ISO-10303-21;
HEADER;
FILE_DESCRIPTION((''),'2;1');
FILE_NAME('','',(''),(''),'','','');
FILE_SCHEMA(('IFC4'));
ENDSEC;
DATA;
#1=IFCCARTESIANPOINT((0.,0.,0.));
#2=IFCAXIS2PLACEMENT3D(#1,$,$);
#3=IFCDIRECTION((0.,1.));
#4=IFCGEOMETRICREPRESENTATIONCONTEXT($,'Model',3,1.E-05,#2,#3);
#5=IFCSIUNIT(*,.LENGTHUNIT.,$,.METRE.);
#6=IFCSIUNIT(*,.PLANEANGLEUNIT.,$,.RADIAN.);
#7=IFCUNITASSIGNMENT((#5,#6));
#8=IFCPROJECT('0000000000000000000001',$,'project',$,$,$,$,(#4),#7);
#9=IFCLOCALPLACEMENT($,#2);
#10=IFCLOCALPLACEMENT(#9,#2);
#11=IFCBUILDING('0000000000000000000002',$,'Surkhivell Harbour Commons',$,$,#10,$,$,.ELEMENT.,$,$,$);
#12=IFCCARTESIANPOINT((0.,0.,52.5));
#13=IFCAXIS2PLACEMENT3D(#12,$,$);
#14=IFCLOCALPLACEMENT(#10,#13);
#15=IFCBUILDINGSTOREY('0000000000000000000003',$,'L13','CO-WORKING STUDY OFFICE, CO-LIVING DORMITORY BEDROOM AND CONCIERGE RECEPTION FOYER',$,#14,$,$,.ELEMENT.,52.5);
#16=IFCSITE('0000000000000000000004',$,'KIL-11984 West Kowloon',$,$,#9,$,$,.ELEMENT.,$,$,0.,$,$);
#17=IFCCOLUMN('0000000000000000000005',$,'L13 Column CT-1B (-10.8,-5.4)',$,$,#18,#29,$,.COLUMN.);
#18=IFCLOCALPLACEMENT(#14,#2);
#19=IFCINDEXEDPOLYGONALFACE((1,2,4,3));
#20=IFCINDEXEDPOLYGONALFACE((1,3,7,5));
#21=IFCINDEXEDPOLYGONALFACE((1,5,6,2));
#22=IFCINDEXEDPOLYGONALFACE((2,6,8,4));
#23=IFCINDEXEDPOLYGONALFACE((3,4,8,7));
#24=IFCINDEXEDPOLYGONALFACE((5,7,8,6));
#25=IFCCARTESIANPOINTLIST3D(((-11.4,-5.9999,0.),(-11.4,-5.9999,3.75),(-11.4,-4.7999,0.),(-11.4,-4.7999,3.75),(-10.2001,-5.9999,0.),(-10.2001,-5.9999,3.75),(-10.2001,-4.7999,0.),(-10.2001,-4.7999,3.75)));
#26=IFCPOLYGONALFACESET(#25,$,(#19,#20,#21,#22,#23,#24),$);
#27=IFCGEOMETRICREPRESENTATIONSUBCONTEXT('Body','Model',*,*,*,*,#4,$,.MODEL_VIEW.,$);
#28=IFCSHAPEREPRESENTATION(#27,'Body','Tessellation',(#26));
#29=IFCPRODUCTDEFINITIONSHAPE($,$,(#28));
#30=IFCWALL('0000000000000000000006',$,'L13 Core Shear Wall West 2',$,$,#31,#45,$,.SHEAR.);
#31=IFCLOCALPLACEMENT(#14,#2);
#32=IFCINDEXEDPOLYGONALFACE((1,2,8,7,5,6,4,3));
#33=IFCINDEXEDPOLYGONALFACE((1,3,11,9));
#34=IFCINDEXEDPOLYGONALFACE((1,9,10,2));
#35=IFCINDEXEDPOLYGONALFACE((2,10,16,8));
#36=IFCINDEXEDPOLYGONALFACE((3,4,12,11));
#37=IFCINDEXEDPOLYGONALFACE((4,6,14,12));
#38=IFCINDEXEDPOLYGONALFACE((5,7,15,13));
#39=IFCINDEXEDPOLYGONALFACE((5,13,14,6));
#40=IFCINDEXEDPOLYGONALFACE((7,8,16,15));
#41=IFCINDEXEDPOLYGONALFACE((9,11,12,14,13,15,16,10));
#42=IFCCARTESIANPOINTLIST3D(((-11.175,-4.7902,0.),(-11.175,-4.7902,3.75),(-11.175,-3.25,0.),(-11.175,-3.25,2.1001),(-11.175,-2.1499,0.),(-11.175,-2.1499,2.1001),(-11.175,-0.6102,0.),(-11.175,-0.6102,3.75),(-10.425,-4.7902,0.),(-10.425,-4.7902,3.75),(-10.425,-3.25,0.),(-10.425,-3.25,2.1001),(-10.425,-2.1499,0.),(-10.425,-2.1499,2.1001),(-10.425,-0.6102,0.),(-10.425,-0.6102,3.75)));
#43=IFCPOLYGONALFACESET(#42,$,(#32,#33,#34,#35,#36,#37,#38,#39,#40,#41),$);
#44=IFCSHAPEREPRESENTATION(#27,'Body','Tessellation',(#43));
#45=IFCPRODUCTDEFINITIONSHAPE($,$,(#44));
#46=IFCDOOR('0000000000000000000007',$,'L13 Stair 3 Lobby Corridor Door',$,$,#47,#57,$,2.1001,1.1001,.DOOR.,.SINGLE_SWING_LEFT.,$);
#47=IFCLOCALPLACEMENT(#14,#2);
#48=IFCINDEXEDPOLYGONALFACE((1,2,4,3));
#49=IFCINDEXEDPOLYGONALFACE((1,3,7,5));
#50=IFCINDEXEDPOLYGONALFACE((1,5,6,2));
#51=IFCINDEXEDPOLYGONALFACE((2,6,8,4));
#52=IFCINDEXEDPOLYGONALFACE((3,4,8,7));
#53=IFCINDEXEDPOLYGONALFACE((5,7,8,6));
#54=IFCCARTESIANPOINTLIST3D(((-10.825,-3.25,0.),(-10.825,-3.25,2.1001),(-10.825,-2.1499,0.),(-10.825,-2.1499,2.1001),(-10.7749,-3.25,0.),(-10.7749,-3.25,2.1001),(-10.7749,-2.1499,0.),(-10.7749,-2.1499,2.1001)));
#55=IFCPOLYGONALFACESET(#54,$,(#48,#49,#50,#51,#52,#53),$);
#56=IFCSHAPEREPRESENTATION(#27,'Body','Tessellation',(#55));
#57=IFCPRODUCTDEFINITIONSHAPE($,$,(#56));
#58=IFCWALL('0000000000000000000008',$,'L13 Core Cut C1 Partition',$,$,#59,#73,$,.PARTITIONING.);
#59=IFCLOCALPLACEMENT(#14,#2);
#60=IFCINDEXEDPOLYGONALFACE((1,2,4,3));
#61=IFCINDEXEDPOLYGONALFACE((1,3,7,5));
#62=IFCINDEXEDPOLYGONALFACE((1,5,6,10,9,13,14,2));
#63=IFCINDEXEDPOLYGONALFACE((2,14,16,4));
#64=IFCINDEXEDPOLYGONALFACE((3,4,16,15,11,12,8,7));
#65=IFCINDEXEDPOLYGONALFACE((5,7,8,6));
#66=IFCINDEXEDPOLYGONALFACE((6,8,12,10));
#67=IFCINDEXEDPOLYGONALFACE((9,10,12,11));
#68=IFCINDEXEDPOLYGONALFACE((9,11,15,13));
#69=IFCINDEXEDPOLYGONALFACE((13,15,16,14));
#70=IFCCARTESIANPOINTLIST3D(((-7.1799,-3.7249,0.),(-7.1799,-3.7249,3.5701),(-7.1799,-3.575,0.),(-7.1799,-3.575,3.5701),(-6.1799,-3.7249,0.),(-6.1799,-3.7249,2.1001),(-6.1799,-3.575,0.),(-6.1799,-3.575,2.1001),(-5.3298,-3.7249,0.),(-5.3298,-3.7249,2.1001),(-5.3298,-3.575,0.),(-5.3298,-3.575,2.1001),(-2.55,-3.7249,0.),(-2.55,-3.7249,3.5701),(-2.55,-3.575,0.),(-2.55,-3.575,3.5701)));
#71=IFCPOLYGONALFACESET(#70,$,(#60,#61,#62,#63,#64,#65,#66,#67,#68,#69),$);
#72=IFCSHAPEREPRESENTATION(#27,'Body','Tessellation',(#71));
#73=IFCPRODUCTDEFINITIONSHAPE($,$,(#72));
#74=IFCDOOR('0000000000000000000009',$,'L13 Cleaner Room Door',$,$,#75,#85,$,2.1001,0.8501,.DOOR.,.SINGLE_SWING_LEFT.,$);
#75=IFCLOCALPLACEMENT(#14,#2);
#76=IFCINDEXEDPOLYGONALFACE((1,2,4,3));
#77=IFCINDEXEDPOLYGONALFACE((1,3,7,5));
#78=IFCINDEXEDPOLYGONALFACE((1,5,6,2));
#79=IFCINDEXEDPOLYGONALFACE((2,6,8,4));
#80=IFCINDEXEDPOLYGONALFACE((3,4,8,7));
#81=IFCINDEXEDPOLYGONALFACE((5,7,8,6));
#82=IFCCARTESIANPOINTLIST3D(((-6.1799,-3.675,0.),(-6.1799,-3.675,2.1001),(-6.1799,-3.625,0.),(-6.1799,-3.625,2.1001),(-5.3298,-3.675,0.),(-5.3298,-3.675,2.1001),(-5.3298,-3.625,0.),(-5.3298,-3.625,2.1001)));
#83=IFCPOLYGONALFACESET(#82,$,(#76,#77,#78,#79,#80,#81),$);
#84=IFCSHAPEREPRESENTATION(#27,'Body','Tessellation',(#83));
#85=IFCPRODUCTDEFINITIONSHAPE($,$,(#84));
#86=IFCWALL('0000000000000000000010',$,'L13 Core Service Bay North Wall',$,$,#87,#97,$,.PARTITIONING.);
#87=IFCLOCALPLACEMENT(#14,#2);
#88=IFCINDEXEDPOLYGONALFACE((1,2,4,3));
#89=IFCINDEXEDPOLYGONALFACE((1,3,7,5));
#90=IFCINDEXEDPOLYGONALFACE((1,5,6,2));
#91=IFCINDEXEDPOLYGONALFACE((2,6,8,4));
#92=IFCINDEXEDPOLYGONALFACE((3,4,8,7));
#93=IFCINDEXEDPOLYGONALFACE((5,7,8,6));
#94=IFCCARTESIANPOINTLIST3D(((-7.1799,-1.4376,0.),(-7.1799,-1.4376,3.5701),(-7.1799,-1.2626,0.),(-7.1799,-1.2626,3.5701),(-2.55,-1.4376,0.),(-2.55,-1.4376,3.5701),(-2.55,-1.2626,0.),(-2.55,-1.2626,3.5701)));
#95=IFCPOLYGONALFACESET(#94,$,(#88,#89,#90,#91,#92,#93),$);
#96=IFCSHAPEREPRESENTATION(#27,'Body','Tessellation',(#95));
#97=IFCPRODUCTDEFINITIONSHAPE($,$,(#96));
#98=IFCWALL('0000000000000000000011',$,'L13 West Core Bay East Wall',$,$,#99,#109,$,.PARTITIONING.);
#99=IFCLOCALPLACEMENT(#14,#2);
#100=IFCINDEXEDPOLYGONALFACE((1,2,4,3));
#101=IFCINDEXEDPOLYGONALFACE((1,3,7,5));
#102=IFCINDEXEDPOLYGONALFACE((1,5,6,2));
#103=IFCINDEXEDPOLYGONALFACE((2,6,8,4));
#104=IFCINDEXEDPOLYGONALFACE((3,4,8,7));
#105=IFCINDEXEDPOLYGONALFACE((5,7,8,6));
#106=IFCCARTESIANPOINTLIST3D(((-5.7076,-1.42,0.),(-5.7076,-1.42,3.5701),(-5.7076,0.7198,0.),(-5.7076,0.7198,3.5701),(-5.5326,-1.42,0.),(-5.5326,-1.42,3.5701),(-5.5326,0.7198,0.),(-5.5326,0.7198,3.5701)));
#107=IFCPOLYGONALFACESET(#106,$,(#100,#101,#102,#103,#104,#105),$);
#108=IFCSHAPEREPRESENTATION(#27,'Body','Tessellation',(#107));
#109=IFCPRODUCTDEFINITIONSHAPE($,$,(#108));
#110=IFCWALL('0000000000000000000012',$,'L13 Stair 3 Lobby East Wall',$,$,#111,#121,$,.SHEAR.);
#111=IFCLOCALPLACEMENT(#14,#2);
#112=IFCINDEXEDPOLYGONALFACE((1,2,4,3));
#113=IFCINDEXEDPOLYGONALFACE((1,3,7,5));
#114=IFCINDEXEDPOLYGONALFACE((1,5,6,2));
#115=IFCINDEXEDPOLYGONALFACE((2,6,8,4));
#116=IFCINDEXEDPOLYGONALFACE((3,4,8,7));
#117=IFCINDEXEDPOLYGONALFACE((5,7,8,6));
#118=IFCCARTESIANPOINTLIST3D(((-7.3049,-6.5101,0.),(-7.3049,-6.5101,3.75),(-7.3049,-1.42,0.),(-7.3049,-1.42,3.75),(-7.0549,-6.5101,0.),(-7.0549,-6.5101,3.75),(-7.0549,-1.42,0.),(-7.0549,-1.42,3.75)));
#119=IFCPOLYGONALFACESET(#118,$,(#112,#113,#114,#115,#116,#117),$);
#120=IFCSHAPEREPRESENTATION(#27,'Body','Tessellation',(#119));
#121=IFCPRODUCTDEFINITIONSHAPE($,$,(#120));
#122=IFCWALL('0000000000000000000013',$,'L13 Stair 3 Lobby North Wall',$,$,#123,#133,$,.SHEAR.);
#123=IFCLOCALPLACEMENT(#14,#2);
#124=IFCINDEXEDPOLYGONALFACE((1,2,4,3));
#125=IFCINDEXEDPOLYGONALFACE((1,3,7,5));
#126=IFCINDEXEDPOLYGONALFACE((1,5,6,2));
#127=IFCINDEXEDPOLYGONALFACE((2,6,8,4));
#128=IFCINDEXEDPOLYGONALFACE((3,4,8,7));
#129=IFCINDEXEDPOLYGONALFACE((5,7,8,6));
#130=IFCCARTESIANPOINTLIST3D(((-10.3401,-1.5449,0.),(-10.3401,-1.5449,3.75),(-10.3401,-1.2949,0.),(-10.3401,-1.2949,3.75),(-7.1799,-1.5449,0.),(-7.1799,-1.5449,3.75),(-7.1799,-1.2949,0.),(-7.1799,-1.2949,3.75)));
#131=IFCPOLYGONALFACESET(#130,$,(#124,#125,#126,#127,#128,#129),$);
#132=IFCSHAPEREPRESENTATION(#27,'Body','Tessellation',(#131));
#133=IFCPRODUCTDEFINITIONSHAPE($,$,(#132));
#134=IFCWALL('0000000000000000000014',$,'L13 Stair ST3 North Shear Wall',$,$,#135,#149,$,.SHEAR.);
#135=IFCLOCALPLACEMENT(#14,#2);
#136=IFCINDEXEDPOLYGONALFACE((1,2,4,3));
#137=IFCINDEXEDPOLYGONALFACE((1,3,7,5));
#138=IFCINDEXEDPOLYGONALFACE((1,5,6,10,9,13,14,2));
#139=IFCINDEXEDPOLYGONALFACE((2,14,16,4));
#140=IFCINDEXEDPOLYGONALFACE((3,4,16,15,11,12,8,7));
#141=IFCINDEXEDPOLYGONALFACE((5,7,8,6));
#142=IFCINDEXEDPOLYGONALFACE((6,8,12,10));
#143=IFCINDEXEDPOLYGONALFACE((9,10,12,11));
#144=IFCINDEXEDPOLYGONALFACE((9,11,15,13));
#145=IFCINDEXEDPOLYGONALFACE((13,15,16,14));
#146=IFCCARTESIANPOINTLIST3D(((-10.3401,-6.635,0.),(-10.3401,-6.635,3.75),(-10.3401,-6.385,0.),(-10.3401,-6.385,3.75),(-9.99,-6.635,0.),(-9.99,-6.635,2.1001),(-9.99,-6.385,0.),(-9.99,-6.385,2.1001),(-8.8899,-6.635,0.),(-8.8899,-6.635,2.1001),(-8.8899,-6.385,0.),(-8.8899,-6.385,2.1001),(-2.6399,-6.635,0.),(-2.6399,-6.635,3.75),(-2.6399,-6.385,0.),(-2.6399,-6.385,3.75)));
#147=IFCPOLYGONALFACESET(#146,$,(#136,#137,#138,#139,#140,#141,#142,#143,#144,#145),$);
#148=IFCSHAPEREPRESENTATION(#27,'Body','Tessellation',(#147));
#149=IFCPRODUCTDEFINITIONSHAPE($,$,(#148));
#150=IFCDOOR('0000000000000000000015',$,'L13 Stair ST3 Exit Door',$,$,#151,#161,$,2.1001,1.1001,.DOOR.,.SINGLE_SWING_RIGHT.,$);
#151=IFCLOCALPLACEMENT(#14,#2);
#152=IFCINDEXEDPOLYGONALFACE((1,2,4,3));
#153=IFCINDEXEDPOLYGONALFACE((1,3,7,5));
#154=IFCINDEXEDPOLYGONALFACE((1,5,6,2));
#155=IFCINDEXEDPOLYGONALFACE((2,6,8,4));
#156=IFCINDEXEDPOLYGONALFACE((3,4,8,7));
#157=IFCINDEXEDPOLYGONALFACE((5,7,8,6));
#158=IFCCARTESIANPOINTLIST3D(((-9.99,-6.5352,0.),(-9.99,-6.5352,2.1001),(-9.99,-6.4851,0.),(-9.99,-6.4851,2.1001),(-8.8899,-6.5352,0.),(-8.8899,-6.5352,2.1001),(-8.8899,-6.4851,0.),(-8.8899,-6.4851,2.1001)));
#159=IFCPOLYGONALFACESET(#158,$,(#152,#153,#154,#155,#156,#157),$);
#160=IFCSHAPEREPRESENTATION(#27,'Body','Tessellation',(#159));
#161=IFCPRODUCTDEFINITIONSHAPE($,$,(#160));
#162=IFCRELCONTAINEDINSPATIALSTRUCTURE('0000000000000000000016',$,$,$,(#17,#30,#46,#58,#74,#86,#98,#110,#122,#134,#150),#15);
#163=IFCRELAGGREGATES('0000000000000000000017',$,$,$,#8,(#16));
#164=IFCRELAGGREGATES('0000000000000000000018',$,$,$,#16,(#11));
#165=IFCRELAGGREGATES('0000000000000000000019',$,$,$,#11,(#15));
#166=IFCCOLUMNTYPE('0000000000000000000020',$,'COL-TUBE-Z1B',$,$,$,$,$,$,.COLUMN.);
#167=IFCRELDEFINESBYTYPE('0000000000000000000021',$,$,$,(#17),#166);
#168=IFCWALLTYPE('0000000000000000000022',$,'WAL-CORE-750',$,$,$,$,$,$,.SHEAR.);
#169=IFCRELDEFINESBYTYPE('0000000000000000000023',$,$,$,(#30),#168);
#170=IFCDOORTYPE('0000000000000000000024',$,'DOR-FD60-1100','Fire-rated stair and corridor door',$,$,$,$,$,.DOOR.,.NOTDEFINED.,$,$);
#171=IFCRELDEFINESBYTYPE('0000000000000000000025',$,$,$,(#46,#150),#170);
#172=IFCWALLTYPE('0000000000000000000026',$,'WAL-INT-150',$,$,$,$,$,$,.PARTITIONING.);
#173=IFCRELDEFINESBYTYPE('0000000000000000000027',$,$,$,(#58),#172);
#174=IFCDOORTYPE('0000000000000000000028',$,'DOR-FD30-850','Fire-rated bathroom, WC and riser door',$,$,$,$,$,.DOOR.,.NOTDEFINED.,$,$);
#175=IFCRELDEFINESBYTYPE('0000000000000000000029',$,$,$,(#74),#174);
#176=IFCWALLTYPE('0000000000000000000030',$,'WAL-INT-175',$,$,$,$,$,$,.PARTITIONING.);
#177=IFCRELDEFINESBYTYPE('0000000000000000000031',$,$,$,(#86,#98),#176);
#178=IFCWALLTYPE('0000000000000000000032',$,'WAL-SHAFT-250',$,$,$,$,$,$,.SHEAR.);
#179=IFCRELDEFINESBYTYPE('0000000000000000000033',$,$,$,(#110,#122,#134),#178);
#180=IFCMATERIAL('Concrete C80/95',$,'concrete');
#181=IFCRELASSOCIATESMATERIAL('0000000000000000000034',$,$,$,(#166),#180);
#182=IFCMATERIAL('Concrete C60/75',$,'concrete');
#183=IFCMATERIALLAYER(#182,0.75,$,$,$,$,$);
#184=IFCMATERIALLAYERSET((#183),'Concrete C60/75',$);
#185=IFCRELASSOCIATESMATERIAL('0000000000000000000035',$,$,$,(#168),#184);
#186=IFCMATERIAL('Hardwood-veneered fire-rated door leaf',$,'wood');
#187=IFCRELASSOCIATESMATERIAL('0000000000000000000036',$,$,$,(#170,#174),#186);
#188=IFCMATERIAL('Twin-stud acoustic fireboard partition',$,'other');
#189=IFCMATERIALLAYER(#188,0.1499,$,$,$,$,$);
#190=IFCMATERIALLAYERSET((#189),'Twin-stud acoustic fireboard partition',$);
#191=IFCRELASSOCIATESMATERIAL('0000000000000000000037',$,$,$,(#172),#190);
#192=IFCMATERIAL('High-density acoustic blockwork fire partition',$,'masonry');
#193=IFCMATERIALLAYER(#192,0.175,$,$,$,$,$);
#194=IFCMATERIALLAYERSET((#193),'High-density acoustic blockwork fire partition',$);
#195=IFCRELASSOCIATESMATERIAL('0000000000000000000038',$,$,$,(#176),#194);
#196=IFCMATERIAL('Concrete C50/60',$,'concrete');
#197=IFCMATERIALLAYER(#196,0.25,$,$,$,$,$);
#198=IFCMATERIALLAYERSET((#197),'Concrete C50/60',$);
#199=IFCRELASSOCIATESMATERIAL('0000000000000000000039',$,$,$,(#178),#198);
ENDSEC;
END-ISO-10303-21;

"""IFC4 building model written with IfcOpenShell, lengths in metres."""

from ifc_helpers import new_model, si_unit, direction, frame, frame_2d, origin, origin_2d, place, context, subcontext, project, spatial, rectangle, extrude, material, layer, layer_set, material_profile, profile_set, type_object, element, fill, save


model = new_model("IFC4")

# Units and contexts
model_context = context("Model", 3, precision=1e-05, world=origin(), true_north=direction((0.0, 1.0)))
body_context = subcontext(model_context, "Body", "Model", "MODEL_VIEW")
ifc_project = project(units=[si_unit("LENGTHUNIT", "METRE"), si_unit("PLANEANGLEUNIT", "RADIAN")], contexts=[model_context])

# Site, building, storey
site_placement = place(None, origin())
site = spatial("IfcSite", under=ifc_project, at=site_placement, Name="KIL-11984 West Kowloon", CompositionType="ELEMENT", RefElevation=0.0)
building_placement = place(site_placement, origin())
building = spatial("IfcBuilding", under=site, at=building_placement, Name="Surkhivell Harbour Commons", CompositionType="ELEMENT")
storey_placement = place(building_placement, frame((0.0, 0.0, 52.5)))
storey = spatial("IfcBuildingStorey", under=building, at=storey_placement, Name="L13", Description="CO-WORKING STUDY OFFICE, CO-LIVING DORMITORY BEDROOM AND CONCIERGE RECEPTION FOYER", CompositionType="ELEMENT", Elevation=52.5)

# Column
ifc_material_1 = material(Name="Concrete C80/95", Category="concrete")
ifc_material_profile = material_profile(ifc_material_1, rectangle(XDim=1.2, YDim=1.2, at=origin_2d()), Name="RC-COL-1200x1200")
ifc_profile_set = profile_set([ifc_material_profile], Name="Concrete C80/95")
column_type = type_object("IfcColumnType", Name="COL-TUBE-Z1B", PredefinedType="COLUMN", material=ifc_profile_set)
column_placement = place(storey_placement, frame((-10.8, -5.3999, 0.0), z_axis=(0.0, 0.0, 1.0), x_axis=(1.0, 0.0, 0.0)))
element("IfcColumn", 1, at=column_placement, inside=storey, type_object=column_type, Name="L13 Column CT-1B (-10.8,-5.4)", PredefinedType="COLUMN", context=body_context, shape_type="SweptSolid", body=[
    extrude(rectangle(XDim=1.2, YDim=1.2, at=origin_2d()), origin(), (0.0, 0.0, 1.0), 3.75),
])

# Walls, openings, doors
ifc_material_2 = material(Name="Concrete C60/75", Category="concrete")
ifc_layer_1 = layer(ifc_material_2, 0.75)
ifc_layer_set_1 = layer_set([ifc_layer_1], Name="Concrete C60/75")
wall_type_1 = type_object("IfcWallType", Name="WAL-CORE-750", PredefinedType="SHEAR", material=ifc_layer_set_1)
wall_1_placement = place(storey_placement, frame((-10.8, -4.79, 0.0), z_axis=(0.0, 0.0, 1.0), x_axis=(0.0, 1.0, 0.0)))
wall_1 = element("IfcWall", 2, at=wall_1_placement, inside=storey, type_object=wall_type_1, Name="L13 Core Shear Wall West 2", PredefinedType="SHEAR", context=body_context, shape_type="SweptSolid", body=[
    extrude(rectangle(XDim=4.1799, YDim=0.75, at=frame_2d((2.0898, 0.0))), origin(), (0.0, 0.0, 1.0), 3.75),
])
opening_1_placement = place(wall_1_placement, frame((1.54, 0.0, 0.0)))
opening_1 = element("IfcOpeningElement", 3, at=opening_1_placement, cuts=wall_1, PredefinedType="OPENING", context=body_context, shape_type="SweptSolid", body=[
    extrude(rectangle(XDim=1.1001, YDim=2.1001, at=frame_2d((0.55, 1.05))), frame((0.0, 0.385, 0.0), z_axis=(0.0, -1.0, 0.0), x_axis=(1.0, 0.0, 0.0)), (0.0, 0.0, 1.0), 0.77),
])
ifc_material_3 = material(Name="Hardwood-veneered fire-rated door leaf", Category="wood")
door_type_1 = type_object("IfcDoorType", Name="DOR-FD60-1100", Description="Fire-rated stair and corridor door", OperationType="NOTDEFINED", PredefinedType="DOOR", material=ifc_material_3)
door_1_placement = place(opening_1_placement, origin())
door_1 = element("IfcDoor", 4, at=door_1_placement, inside=storey, type_object=door_type_1, Name="L13 Stair 3 Lobby Corridor Door", OperationType="SINGLE_SWING_LEFT", OverallHeight=2.1001, OverallWidth=1.1001, PredefinedType="DOOR", context=body_context, shape_type="SweptSolid", body=[
    extrude(rectangle(XDim=1.1001, YDim=2.1001, at=frame_2d((0.55, 1.05))), frame((0.0, 0.0249, 0.0), z_axis=(0.0, -1.0, 0.0), x_axis=(1.0, 0.0, 0.0)), (0.0, 0.0, 1.0), 0.05),
])
fill(opening_1, door_1)
ifc_material_4 = material(Name="Twin-stud acoustic fireboard partition", Category="other")
ifc_layer_2 = layer(ifc_material_4, 0.1499)
ifc_layer_set_2 = layer_set([ifc_layer_2], Name="Twin-stud acoustic fireboard partition")
wall_type_2 = type_object("IfcWallType", Name="WAL-INT-150", PredefinedType="PARTITIONING", material=ifc_layer_set_2)
wall_2_placement = place(storey_placement, frame((-7.1799, -3.6499, 0.0), z_axis=(0.0, 0.0, 1.0), x_axis=(1.0, 0.0, 0.0)))
wall_2 = element("IfcWall", 5, at=wall_2_placement, inside=storey, type_object=wall_type_2, Name="L13 Core Cut C1 Partition", PredefinedType="PARTITIONING", context=body_context, shape_type="SweptSolid", body=[
    extrude(rectangle(XDim=4.6299, YDim=0.1499, at=frame_2d((2.3149, 0.0))), origin(), (0.0, 0.0, 1.0), 3.5701),
])
opening_2_placement = place(wall_2_placement, frame((1.0, 0.0, 0.0)))
opening_2 = element("IfcOpeningElement", 6, at=opening_2_placement, cuts=wall_2, PredefinedType="OPENING", context=body_context, shape_type="SweptSolid", body=[
    extrude(rectangle(XDim=0.8501, YDim=2.1001, at=frame_2d((0.425, 1.05))), frame((0.0, 0.085, 0.0), z_axis=(0.0, -1.0, 0.0), x_axis=(1.0, 0.0, 0.0)), (0.0, 0.0, 1.0), 0.1699),
])
door_type_2 = type_object("IfcDoorType", Name="DOR-FD30-850", Description="Fire-rated bathroom, WC and riser door", OperationType="NOTDEFINED", PredefinedType="DOOR", material=ifc_material_3)
door_2_placement = place(opening_2_placement, origin())
door_2 = element("IfcDoor", 7, at=door_2_placement, inside=storey, type_object=door_type_2, Name="L13 Cleaner Room Door", OperationType="SINGLE_SWING_LEFT", OverallHeight=2.1001, OverallWidth=0.8501, PredefinedType="DOOR", context=body_context, shape_type="SweptSolid", body=[
    extrude(rectangle(XDim=0.8501, YDim=2.1001, at=frame_2d((0.425, 1.05))), frame((0.0, 0.0249, 0.0), z_axis=(0.0, -1.0, 0.0), x_axis=(1.0, 0.0, 0.0)), (0.0, 0.0, 1.0), 0.05),
])
fill(opening_2, door_2)

# Walls
ifc_material_5 = material(Name="High-density acoustic blockwork fire partition", Category="masonry")
ifc_layer_3 = layer(ifc_material_5, 0.175)
ifc_layer_set_3 = layer_set([ifc_layer_3], Name="High-density acoustic blockwork fire partition")
wall_type_3 = type_object("IfcWallType", Name="WAL-INT-175", PredefinedType="PARTITIONING", material=ifc_layer_set_3)
wall_3_placement = place(storey_placement, frame((-7.1799, -1.3501, 0.0), z_axis=(0.0, 0.0, 1.0), x_axis=(1.0, 0.0, 0.0)))
element("IfcWall", 8, at=wall_3_placement, inside=storey, type_object=wall_type_3, Name="L13 Core Service Bay North Wall", PredefinedType="PARTITIONING", context=body_context, shape_type="SweptSolid", body=[
    extrude(rectangle(XDim=4.6299, YDim=0.175, at=frame_2d((2.3149, 0.0))), origin(), (0.0, 0.0, 1.0), 3.5701),
])
wall_4_placement = place(storey_placement, frame((-5.6201, -1.4199, 0.0), z_axis=(0.0, 0.0, 1.0), x_axis=(0.0, 1.0, 0.0)))
element("IfcWall", 9, at=wall_4_placement, inside=storey, type_object=wall_type_3, Name="L13 West Core Bay East Wall", PredefinedType="PARTITIONING", context=body_context, shape_type="SweptSolid", body=[
    extrude(rectangle(XDim=2.1399, YDim=0.175, at=frame_2d((1.0698, 0.0))), origin(), (0.0, 0.0, 1.0), 3.5701),
])
ifc_material_6 = material(Name="Concrete C50/60", Category="concrete")
ifc_layer_4 = layer(ifc_material_6, 0.25)
ifc_layer_set_4 = layer_set([ifc_layer_4], Name="Concrete C50/60")
wall_type_4 = type_object("IfcWallType", Name="WAL-SHAFT-250", PredefinedType="SHEAR", material=ifc_layer_set_4)
wall_5_placement = place(storey_placement, frame((-7.1799, -6.51, 0.0), z_axis=(0.0, 0.0, 1.0), x_axis=(0.0, 1.0, 0.0)))
element("IfcWall", 10, at=wall_5_placement, inside=storey, type_object=wall_type_4, Name="L13 Stair 3 Lobby East Wall", PredefinedType="SHEAR", context=body_context, shape_type="SweptSolid", body=[
    extrude(rectangle(XDim=5.0901, YDim=0.25, at=frame_2d((2.5449, 0.0))), origin(), (0.0, 0.0, 1.0), 3.75),
])
wall_6_placement = place(storey_placement, frame((-10.3401, -1.4199, 0.0), z_axis=(0.0, 0.0, 1.0), x_axis=(1.0, 0.0, 0.0)))
element("IfcWall", 11, at=wall_6_placement, inside=storey, type_object=wall_type_4, Name="L13 Stair 3 Lobby North Wall", PredefinedType="SHEAR", context=body_context, shape_type="SweptSolid", body=[
    extrude(rectangle(XDim=3.1602, YDim=0.25, at=frame_2d((1.5801, 0.0))), origin(), (0.0, 0.0, 1.0), 3.75),
])

# Wall, opening, door
wall_7_placement = place(storey_placement, frame((-10.3401, -6.51, 0.0), z_axis=(0.0, 0.0, 1.0), x_axis=(1.0, 0.0, 0.0)))
wall_7 = element("IfcWall", 12, at=wall_7_placement, inside=storey, type_object=wall_type_4, Name="L13 Stair ST3 North Shear Wall", PredefinedType="SHEAR", context=body_context, shape_type="SweptSolid", body=[
    extrude(rectangle(XDim=7.7002, YDim=0.25, at=frame_2d((3.8501, 0.0))), origin(), (0.0, 0.0, 1.0), 3.75),
])
opening_3_placement = place(wall_7_placement, frame((0.3501, 0.0, 0.0)))
opening_3 = element("IfcOpeningElement", 13, at=opening_3_placement, cuts=wall_7, PredefinedType="OPENING", context=body_context, shape_type="SweptSolid", body=[
    extrude(rectangle(XDim=1.1001, YDim=2.1001, at=frame_2d((0.55, 1.05))), frame((0.0, 0.135, 0.0), z_axis=(0.0, -1.0, 0.0), x_axis=(1.0, 0.0, 0.0)), (0.0, 0.0, 1.0), 0.27),
])
door_3_placement = place(opening_3_placement, origin())
door_3 = element("IfcDoor", 14, at=door_3_placement, inside=storey, type_object=door_type_1, Name="L13 Stair ST3 Exit Door", OperationType="SINGLE_SWING_RIGHT", OverallHeight=2.1001, OverallWidth=1.1001, PredefinedType="DOOR", context=body_context, shape_type="SweptSolid", body=[
    extrude(rectangle(XDim=1.1001, YDim=2.1001, at=frame_2d((0.55, 1.05))), frame((0.0, 0.0249, 0.0), z_axis=(0.0, -1.0, 0.0), x_axis=(1.0, 0.0, 0.0)), (0.0, 0.0, 1.0), 0.05),
])
fill(opening_3, door_3)

save(model, "model.ifc")
